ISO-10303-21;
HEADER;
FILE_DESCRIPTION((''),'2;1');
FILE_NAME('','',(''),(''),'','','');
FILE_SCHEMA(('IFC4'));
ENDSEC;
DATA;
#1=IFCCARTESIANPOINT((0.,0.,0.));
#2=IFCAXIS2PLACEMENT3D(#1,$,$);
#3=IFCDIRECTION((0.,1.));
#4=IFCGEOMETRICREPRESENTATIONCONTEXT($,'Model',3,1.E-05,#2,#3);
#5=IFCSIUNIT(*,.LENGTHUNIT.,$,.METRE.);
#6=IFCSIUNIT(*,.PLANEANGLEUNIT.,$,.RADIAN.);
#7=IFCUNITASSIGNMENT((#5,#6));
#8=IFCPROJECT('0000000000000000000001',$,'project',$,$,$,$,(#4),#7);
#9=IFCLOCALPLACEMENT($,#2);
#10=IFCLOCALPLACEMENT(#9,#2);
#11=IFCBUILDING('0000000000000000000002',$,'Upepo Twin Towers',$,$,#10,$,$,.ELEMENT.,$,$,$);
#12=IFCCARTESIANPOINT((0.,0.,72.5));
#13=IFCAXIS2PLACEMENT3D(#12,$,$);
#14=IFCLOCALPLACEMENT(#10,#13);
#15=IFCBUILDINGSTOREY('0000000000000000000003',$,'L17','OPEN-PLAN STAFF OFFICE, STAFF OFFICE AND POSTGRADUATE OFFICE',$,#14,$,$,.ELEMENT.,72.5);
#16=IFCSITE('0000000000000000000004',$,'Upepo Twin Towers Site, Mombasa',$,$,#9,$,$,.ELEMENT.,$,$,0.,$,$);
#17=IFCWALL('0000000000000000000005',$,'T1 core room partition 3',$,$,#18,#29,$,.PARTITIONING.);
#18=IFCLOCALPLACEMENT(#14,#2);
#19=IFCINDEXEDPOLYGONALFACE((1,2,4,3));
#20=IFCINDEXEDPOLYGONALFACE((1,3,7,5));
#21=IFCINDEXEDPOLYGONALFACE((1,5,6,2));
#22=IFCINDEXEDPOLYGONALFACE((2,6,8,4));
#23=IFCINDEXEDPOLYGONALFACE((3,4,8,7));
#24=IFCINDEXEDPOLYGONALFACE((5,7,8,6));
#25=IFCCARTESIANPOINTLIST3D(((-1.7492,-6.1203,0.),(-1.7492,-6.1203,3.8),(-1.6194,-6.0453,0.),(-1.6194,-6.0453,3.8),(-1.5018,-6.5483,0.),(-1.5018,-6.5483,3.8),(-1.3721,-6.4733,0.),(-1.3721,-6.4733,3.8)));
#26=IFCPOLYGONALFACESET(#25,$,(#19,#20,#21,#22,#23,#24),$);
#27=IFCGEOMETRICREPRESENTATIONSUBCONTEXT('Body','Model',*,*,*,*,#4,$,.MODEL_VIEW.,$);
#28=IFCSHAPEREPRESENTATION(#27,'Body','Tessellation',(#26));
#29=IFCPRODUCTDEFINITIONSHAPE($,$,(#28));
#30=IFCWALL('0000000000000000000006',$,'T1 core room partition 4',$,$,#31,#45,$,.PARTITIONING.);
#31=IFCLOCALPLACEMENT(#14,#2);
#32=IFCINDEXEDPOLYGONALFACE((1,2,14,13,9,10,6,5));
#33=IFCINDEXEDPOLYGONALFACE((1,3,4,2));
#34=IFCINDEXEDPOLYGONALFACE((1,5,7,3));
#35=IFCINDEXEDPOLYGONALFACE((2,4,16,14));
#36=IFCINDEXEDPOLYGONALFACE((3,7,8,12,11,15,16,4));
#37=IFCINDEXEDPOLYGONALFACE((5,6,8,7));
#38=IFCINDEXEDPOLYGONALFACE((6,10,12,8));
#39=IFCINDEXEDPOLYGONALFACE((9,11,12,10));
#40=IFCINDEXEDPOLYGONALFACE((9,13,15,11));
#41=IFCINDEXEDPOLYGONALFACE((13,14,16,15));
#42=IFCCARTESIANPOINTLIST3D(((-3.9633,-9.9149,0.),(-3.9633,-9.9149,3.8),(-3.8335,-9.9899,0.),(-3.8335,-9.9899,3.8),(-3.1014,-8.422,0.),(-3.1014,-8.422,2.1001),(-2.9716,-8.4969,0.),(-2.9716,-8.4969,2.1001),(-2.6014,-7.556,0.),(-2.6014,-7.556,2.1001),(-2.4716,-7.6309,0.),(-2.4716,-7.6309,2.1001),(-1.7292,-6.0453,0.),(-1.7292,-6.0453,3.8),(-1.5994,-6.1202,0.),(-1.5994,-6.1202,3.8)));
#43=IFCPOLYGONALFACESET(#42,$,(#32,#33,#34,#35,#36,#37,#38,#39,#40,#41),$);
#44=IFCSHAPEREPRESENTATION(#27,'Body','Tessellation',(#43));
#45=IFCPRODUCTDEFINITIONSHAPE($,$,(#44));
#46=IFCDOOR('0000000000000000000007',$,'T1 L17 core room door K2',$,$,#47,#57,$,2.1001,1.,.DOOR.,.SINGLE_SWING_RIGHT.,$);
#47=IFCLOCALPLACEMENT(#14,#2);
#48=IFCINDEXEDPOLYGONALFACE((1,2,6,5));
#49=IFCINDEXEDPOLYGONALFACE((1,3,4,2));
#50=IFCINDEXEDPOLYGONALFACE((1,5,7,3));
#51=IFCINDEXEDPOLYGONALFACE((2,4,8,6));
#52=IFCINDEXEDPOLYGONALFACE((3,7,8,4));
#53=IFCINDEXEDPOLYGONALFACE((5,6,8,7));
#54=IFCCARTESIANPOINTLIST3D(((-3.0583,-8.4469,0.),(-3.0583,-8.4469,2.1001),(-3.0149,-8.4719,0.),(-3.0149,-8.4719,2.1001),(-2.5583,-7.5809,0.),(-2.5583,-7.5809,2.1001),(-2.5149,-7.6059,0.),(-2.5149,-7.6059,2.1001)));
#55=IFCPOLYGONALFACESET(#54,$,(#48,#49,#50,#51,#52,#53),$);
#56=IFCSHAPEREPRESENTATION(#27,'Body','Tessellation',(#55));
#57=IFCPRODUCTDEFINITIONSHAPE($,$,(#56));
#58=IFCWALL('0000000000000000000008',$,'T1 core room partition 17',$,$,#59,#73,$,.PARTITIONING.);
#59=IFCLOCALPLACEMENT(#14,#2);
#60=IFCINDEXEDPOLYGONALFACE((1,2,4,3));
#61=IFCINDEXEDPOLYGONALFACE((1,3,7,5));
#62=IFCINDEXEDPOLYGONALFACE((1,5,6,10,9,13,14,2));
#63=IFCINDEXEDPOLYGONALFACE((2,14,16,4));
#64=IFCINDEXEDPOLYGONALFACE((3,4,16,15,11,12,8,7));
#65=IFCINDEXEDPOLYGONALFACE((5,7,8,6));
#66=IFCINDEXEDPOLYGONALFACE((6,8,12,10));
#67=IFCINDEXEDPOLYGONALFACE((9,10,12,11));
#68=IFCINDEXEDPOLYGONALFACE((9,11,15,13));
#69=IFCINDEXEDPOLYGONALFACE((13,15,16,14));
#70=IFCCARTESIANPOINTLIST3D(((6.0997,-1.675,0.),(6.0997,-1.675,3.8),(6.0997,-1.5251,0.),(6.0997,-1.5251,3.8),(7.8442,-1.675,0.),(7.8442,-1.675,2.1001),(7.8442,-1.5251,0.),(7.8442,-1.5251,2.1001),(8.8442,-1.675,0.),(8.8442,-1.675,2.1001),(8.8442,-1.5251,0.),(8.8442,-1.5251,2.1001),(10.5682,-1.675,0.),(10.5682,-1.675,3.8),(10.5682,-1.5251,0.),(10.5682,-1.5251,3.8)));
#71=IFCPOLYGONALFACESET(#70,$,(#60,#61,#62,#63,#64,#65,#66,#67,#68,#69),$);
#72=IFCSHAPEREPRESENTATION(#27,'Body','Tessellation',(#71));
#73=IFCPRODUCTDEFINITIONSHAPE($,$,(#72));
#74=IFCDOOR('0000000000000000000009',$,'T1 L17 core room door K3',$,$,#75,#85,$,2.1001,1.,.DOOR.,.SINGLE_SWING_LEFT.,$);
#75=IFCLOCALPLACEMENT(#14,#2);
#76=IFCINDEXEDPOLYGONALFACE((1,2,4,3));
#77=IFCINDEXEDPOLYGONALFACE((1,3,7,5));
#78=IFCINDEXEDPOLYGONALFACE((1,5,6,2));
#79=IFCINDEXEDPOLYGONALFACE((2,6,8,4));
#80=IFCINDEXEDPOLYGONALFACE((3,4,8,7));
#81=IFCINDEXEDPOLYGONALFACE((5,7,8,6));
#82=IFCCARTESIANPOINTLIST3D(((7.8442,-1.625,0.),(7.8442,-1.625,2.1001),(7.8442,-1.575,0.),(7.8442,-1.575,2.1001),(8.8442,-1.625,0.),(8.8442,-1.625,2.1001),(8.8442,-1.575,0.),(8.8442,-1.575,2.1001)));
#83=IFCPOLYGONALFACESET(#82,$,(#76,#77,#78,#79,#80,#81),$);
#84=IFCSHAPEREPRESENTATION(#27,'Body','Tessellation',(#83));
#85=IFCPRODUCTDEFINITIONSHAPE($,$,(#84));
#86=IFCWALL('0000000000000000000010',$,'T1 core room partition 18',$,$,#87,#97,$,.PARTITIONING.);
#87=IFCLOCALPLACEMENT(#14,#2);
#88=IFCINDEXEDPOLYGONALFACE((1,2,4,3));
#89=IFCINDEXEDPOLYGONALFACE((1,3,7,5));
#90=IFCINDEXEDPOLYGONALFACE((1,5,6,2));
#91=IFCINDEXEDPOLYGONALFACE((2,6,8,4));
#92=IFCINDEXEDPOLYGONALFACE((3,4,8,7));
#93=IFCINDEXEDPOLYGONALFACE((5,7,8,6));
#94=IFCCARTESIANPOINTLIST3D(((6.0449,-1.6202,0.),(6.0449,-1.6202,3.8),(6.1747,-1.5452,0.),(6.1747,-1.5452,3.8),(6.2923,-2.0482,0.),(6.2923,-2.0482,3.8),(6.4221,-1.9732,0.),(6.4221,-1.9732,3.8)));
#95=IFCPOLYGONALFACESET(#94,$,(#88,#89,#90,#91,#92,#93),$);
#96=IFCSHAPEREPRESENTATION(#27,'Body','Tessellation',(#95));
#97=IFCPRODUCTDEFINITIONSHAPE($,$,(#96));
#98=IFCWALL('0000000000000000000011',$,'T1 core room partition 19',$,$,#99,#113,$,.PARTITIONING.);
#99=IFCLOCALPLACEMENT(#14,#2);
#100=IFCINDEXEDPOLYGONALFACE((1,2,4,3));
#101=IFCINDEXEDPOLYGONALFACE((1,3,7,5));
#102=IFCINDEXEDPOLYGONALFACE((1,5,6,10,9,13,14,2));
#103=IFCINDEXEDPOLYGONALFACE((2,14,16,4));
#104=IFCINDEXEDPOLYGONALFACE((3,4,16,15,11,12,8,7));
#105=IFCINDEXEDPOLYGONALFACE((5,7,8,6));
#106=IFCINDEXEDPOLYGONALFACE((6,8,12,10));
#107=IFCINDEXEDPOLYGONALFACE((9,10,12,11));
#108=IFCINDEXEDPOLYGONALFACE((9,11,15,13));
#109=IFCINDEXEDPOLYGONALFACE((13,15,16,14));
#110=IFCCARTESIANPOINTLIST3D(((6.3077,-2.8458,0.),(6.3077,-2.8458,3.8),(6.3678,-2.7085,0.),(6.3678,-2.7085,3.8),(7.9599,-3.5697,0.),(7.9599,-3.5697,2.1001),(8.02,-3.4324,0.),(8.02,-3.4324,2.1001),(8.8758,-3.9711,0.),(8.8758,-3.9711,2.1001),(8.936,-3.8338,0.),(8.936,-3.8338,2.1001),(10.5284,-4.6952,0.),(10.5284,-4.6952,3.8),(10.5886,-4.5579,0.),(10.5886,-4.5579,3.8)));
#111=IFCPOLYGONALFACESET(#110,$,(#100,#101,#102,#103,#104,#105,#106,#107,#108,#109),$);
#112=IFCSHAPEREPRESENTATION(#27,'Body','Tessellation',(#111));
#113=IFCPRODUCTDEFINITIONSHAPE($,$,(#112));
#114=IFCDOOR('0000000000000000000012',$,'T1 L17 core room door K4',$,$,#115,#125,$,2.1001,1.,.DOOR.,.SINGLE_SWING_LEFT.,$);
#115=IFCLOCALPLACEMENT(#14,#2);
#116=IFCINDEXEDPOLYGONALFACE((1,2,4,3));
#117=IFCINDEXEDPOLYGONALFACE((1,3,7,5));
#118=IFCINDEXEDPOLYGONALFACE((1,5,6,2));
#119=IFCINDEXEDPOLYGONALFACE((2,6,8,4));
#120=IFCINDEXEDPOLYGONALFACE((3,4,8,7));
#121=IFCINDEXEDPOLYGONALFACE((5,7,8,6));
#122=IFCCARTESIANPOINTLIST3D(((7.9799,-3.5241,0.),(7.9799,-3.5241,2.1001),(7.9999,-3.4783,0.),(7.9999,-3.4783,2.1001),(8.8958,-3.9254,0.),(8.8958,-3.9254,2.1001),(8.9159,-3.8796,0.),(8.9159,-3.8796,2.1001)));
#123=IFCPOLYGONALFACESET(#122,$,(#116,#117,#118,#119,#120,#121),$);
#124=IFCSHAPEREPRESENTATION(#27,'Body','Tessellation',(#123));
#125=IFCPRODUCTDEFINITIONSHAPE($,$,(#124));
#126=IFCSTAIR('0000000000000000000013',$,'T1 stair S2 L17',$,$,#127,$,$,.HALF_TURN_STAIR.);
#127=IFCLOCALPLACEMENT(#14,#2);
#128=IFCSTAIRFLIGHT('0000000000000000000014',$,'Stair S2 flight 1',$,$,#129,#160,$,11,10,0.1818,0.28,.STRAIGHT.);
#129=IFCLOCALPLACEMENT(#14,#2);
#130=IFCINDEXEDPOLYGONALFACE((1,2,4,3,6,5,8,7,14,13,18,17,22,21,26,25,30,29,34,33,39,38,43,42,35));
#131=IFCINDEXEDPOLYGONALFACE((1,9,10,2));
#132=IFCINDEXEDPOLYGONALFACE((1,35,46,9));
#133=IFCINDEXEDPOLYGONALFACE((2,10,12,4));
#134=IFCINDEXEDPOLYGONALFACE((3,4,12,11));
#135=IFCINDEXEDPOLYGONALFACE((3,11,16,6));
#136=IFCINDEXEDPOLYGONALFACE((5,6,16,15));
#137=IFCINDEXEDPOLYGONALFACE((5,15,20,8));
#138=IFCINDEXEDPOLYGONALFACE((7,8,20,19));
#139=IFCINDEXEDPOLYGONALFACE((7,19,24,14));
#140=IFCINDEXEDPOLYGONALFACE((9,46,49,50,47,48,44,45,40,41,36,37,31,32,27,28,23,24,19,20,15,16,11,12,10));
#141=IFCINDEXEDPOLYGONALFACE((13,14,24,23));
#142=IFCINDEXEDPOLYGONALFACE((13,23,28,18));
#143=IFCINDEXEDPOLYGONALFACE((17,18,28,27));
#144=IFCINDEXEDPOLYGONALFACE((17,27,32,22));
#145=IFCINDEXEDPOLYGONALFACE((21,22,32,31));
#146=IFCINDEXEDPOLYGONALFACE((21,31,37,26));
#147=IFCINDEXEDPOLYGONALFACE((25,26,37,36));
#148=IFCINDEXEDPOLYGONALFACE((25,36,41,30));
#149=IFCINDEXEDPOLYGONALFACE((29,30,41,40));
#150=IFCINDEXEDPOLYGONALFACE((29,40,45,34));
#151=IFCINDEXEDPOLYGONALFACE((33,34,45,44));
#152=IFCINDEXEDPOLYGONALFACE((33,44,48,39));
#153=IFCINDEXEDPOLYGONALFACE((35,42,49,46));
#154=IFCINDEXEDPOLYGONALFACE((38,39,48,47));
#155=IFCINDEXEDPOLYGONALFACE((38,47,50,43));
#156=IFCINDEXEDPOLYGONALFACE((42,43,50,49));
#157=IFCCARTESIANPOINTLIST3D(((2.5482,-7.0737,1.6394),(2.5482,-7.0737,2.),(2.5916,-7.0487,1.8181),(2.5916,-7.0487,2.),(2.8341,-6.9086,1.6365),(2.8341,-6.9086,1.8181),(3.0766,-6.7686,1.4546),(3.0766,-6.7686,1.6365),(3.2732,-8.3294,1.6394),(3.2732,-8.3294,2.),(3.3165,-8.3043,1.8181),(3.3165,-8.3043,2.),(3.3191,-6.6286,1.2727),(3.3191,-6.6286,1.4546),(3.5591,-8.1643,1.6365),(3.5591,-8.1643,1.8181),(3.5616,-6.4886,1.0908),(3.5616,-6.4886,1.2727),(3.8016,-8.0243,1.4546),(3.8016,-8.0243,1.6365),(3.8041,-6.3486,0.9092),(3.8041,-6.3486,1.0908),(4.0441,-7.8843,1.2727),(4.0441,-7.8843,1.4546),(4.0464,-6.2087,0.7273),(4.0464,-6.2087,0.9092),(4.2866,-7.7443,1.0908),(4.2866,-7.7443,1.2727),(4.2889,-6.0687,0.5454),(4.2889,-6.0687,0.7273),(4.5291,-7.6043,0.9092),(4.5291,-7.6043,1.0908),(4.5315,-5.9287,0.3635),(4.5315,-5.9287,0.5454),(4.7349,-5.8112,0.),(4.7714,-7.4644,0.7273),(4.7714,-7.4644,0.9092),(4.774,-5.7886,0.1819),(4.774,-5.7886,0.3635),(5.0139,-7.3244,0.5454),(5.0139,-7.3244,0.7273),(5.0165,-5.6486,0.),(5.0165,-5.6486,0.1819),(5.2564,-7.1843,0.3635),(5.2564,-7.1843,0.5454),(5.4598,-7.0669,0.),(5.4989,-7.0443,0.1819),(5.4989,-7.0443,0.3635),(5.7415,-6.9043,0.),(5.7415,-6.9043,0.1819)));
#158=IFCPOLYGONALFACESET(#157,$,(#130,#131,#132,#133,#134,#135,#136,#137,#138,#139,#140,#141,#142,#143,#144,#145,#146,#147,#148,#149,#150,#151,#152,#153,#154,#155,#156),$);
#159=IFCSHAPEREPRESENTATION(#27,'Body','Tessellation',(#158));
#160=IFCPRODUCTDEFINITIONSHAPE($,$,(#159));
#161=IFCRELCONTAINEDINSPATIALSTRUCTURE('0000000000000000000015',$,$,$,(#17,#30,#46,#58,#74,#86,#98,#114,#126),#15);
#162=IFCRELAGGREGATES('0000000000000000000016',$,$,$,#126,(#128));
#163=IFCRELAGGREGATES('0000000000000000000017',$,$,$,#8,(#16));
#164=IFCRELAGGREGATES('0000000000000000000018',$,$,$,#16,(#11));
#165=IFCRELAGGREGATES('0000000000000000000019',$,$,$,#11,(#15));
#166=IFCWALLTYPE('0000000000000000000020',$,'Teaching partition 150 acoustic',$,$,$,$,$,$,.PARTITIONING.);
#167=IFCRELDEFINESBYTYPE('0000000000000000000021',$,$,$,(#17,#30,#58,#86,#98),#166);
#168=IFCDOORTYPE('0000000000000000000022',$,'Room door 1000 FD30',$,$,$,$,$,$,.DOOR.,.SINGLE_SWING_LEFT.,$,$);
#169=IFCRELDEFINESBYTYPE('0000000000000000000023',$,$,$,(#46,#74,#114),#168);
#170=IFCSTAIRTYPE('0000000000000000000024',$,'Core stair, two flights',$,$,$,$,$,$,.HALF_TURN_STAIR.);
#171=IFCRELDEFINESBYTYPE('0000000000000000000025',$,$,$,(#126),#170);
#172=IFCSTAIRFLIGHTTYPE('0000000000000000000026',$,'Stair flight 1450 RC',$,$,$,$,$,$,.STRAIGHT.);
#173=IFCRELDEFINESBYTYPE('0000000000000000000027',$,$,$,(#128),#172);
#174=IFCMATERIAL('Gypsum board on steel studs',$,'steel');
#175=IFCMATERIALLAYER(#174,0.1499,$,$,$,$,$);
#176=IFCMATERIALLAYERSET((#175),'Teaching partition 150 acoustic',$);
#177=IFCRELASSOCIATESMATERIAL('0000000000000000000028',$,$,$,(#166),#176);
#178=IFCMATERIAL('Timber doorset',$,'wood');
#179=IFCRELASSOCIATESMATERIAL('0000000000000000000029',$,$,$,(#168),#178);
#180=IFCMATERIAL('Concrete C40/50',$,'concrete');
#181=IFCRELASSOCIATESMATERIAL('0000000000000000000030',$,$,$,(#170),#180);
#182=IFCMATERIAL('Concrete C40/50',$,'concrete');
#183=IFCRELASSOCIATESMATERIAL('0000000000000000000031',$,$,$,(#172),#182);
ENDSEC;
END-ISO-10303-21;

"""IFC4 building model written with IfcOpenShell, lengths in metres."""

from ifc_helpers import new_model, si_unit, direction, frame, frame_2d, origin, place, context, subcontext, project, spatial, polyline, rectangle, outline, extrude, material, layer, layer_set, type_object, element, fill, aggregate, save


model = new_model("IFC4")

# Units and contexts
model_context = context("Model", 3, precision=1e-05, world=origin(), true_north=direction((0.0, 1.0)))
body_context = subcontext(model_context, "Body", "Model", "MODEL_VIEW")
ifc_project = project(units=[si_unit("LENGTHUNIT", "METRE"), si_unit("PLANEANGLEUNIT", "RADIAN")], contexts=[model_context])

# Site, building, storey
site_placement = place(None, origin())
site = spatial("IfcSite", under=ifc_project, at=site_placement, Name="Upepo Twin Towers Site, Mombasa", CompositionType="ELEMENT", RefElevation=0.0)
building_placement = place(site_placement, origin())
building = spatial("IfcBuilding", under=site, at=building_placement, Name="Upepo Twin Towers", CompositionType="ELEMENT")
storey_placement = place(building_placement, frame((0.0, 0.0, 72.5)))
storey = spatial("IfcBuildingStorey", under=building, at=storey_placement, Name="L17", Description="OPEN-PLAN STAFF OFFICE, STAFF OFFICE AND POSTGRADUATE OFFICE", CompositionType="ELEMENT", Elevation=72.5)

# Wall
ifc_material_1 = material(Name="Gypsum board on steel studs", Category="steel")
ifc_layer_1 = layer(ifc_material_1, 0.1499)
ifc_layer_set_1 = layer_set([ifc_layer_1], Name="Teaching partition 150 acoustic")
wall_type_1 = type_object("IfcWallType", Name="Teaching partition 150 acoustic", PredefinedType="PARTITIONING", material=ifc_layer_set_1)
wall_1_placement = place(storey_placement, frame((-1.437, -6.5107, 0.0), z_axis=(0.0, 0.0, 1.0), x_axis=(-0.500335, 0.865832, 0.0)))
element("IfcWall", 1, at=wall_1_placement, inside=storey, type_object=wall_type_1, Name="T1 core room partition 3", PredefinedType="PARTITIONING", context=body_context, shape_type="SweptSolid", body=[
    extrude(rectangle(XDim=0.4944, YDim=0.1499, at=frame_2d((0.2471, 0.0))), origin(), (0.0, 0.0, 1.0), 3.8),
])

# Walls, openings, doors
wall_2_placement = place(storey_placement, frame((-1.6643, -6.0828, 0.0), z_axis=(0.0, 0.0, 1.0), x_axis=(-0.5, -0.866025, 0.0)))
wall_2 = element("IfcWall", 2, at=wall_2_placement, inside=storey, type_object=wall_type_1, Name="T1 core room partition 4", PredefinedType="PARTITIONING", context=body_context, shape_type="SweptSolid", body=[
    extrude(rectangle(XDim=4.4683, YDim=0.1499, at=frame_2d((2.2341, 0.0))), origin(), (0.0, 0.0, 1.0), 3.8),
])
opening_1_placement = place(wall_2_placement, frame((1.7444, 0.0, 0.0)))
opening_1 = element("IfcOpeningElement", 3, at=opening_1_placement, cuts=wall_2, PredefinedType="OPENING", context=body_context, shape_type="SweptSolid", body=[
    extrude(rectangle(XDim=1.0, YDim=2.1001, at=frame_2d((0.5, 1.05))), frame((0.0, 0.085, 0.0), z_axis=(0.0, -1.0, 0.0), x_axis=(1.0, 0.0, 0.0)), (0.0, 0.0, 1.0), 0.1699),
])
ifc_material_2 = material(Name="Timber doorset", Category="wood")
door_type_1 = type_object("IfcDoorType", Name="Room door 1000 FD30", OperationType="SINGLE_SWING_LEFT", PredefinedType="DOOR", material=ifc_material_2)
door_1_placement = place(opening_1_placement, origin())
door_1 = element("IfcDoor", 4, at=door_1_placement, inside=storey, type_object=door_type_1, Name="T1 L17 core room door K2", OperationType="SINGLE_SWING_RIGHT", OverallHeight=2.1001, OverallWidth=1.0, PredefinedType="DOOR", context=body_context, shape_type="SweptSolid", body=[
    extrude(rectangle(XDim=1.0, YDim=2.1001, at=frame_2d((0.5, 1.05))), frame((0.0, 0.0249, 0.0), z_axis=(0.0, -1.0, 0.0), x_axis=(1.0, 0.0, 0.0)), (0.0, 0.0, 1.0), 0.05),
])
fill(opening_1, door_1)
wall_3_placement = place(storey_placement, frame((10.5684, -1.6001, 0.0), z_axis=(0.0, 0.0, 1.0), x_axis=(-1.0, 0.0, 0.0)))
wall_3 = element("IfcWall", 5, at=wall_3_placement, inside=storey, type_object=wall_type_1, Name="T1 core room partition 17", PredefinedType="PARTITIONING", context=body_context, shape_type="SweptSolid", body=[
    extrude(rectangle(XDim=4.4685, YDim=0.1499, at=frame_2d((2.2344, 0.0))), origin(), (0.0, 0.0, 1.0), 3.8),
])
opening_2_placement = place(wall_3_placement, frame((1.7241, 0.0, 0.0)))
opening_2 = element("IfcOpeningElement", 6, at=opening_2_placement, cuts=wall_3, PredefinedType="OPENING", context=body_context, shape_type="SweptSolid", body=[
    extrude(rectangle(XDim=1.0, YDim=2.1001, at=frame_2d((0.5, 1.05))), frame((0.0, 0.085, 0.0), z_axis=(0.0, -1.0, 0.0), x_axis=(1.0, 0.0, 0.0)), (0.0, 0.0, 1.0), 0.1699),
])
door_2_placement = place(opening_2_placement, origin())
door_2 = element("IfcDoor", 7, at=door_2_placement, inside=storey, type_object=door_type_1, Name="T1 L17 core room door K3", OperationType="SINGLE_SWING_LEFT", OverallHeight=2.1001, OverallWidth=1.0, PredefinedType="DOOR", context=body_context, shape_type="SweptSolid", body=[
    extrude(rectangle(XDim=1.0, YDim=2.1001, at=frame_2d((0.5, 1.05))), frame((0.0, 0.0249, 0.0), z_axis=(0.0, -1.0, 0.0), x_axis=(1.0, 0.0, 0.0)), (0.0, 0.0, 1.0), 0.05),
])
fill(opening_2, door_2)

# Wall
wall_4_placement = place(storey_placement, frame((6.1099, -1.5828, 0.0), z_axis=(0.0, 0.0, 1.0), x_axis=(0.500335, -0.865832, 0.0)))
element("IfcWall", 8, at=wall_4_placement, inside=storey, type_object=wall_type_1, Name="T1 core room partition 18", PredefinedType="PARTITIONING", context=body_context, shape_type="SweptSolid", body=[
    extrude(rectangle(XDim=0.4944, YDim=0.1499, at=frame_2d((0.2471, 0.0))), origin(), (0.0, 0.0, 1.0), 3.8),
])

# Wall, opening, door
wall_5_placement = place(storey_placement, frame((6.3376, -2.7771, 0.0), z_axis=(0.0, 0.0, 1.0), x_axis=(0.915933, -0.40133, 0.0)))
wall_5 = element("IfcWall", 9, at=wall_5_placement, inside=storey, type_object=wall_type_1, Name="T1 core room partition 19", PredefinedType="PARTITIONING", context=body_context, shape_type="SweptSolid", body=[
    extrude(rectangle(XDim=4.6082, YDim=0.1499, at=frame_2d((2.3042, 0.0))), origin(), (0.0, 0.0, 1.0), 3.8),
])
opening_3_placement = place(wall_5_placement, frame((1.804, 0.0, 0.0)))
opening_3 = element("IfcOpeningElement", 10, at=opening_3_placement, cuts=wall_5, PredefinedType="OPENING", context=body_context, shape_type="SweptSolid", body=[
    extrude(rectangle(XDim=1.0, YDim=2.1001, at=frame_2d((0.5, 1.05))), frame((0.0, 0.085, 0.0), z_axis=(0.0, -1.0, 0.0), x_axis=(1.0, 0.0, 0.0)), (0.0, 0.0, 1.0), 0.1699),
])
door_3_placement = place(opening_3_placement, origin())
door_3 = element("IfcDoor", 11, at=door_3_placement, inside=storey, type_object=door_type_1, Name="T1 L17 core room door K4", OperationType="SINGLE_SWING_LEFT", OverallHeight=2.1001, OverallWidth=1.0, PredefinedType="DOOR", context=body_context, shape_type="SweptSolid", body=[
    extrude(rectangle(XDim=1.0, YDim=2.1001, at=frame_2d((0.5, 1.05))), frame((0.0, 0.0249, 0.0), z_axis=(0.0, -1.0, 0.0), x_axis=(1.0, 0.0, 0.0)), (0.0, 0.0, 1.0), 0.05),
])
fill(opening_3, door_3)

# Stair, stair flight
ifc_material_3 = material(Name="Concrete C40/50", Category="concrete")
stair_type = type_object("IfcStairType", Name="Core stair, two flights", PredefinedType="HALF_TURN_STAIR", material=ifc_material_3)
stair_placement = place(storey_placement, origin())
stair = element("IfcStair", 12, at=stair_placement, inside=storey, type_object=stair_type, Name="T1 stair S2 L17", PredefinedType="HALF_TURN_STAIR")
ifc_material_4 = material(Name="Concrete C40/50", Category="concrete")
stair_flight_type = type_object("IfcStairFlightType", Name="Stair flight 1450 RC", PredefinedType="STRAIGHT", material=ifc_material_4)
stair_flight_placement = place(storey_placement, frame((5.3789, -6.2764, 0.0), z_axis=(0.0, 0.0, 1.0), x_axis=(-0.866025, -0.5, 0.0)))
stair_flight = element("IfcStairFlight", 13, at=stair_flight_placement, type_object=stair_flight_type, Name="Stair S2 flight 1", NumberOfRisers=11, NumberOfTreads=10, PredefinedType="STRAIGHT", RiserHeight=0.1818, TreadLength=0.28, context=body_context, shape_type="SweptSolid", body=[
    extrude(outline(polyline([(0.0, 0.0), (0.0, 0.1819), (0.28, 0.1819), (0.28, 0.3635), (0.5601, 0.3635), (0.5601, 0.5454), (0.8401, 0.5454), (0.8401, 0.7273), (1.1201, 0.7273), (1.1201, 0.9092), (1.3999, 0.9092), (1.3999, 1.0908), (1.6799, 1.0908), (1.6799, 1.2727), (1.96, 1.2727), (1.96, 1.4546), (2.24, 1.4546), (2.24, 1.6365), (2.52, 1.6365), (2.52, 1.8181), (2.8, 1.8181), (2.8, 2.0), (2.8501, 2.0), (2.8501, 1.6394), (0.3252, 0.0), (0.0, 0.0)])), frame((0.0, 0.7251, 0.0), z_axis=(0.0, -1.0, 0.0), x_axis=(1.0, 0.0, 0.0)), (0.0, 0.0, 1.0), 1.45),
])
aggregate(stair, [stair_flight])

save(model, "model.ifc")
